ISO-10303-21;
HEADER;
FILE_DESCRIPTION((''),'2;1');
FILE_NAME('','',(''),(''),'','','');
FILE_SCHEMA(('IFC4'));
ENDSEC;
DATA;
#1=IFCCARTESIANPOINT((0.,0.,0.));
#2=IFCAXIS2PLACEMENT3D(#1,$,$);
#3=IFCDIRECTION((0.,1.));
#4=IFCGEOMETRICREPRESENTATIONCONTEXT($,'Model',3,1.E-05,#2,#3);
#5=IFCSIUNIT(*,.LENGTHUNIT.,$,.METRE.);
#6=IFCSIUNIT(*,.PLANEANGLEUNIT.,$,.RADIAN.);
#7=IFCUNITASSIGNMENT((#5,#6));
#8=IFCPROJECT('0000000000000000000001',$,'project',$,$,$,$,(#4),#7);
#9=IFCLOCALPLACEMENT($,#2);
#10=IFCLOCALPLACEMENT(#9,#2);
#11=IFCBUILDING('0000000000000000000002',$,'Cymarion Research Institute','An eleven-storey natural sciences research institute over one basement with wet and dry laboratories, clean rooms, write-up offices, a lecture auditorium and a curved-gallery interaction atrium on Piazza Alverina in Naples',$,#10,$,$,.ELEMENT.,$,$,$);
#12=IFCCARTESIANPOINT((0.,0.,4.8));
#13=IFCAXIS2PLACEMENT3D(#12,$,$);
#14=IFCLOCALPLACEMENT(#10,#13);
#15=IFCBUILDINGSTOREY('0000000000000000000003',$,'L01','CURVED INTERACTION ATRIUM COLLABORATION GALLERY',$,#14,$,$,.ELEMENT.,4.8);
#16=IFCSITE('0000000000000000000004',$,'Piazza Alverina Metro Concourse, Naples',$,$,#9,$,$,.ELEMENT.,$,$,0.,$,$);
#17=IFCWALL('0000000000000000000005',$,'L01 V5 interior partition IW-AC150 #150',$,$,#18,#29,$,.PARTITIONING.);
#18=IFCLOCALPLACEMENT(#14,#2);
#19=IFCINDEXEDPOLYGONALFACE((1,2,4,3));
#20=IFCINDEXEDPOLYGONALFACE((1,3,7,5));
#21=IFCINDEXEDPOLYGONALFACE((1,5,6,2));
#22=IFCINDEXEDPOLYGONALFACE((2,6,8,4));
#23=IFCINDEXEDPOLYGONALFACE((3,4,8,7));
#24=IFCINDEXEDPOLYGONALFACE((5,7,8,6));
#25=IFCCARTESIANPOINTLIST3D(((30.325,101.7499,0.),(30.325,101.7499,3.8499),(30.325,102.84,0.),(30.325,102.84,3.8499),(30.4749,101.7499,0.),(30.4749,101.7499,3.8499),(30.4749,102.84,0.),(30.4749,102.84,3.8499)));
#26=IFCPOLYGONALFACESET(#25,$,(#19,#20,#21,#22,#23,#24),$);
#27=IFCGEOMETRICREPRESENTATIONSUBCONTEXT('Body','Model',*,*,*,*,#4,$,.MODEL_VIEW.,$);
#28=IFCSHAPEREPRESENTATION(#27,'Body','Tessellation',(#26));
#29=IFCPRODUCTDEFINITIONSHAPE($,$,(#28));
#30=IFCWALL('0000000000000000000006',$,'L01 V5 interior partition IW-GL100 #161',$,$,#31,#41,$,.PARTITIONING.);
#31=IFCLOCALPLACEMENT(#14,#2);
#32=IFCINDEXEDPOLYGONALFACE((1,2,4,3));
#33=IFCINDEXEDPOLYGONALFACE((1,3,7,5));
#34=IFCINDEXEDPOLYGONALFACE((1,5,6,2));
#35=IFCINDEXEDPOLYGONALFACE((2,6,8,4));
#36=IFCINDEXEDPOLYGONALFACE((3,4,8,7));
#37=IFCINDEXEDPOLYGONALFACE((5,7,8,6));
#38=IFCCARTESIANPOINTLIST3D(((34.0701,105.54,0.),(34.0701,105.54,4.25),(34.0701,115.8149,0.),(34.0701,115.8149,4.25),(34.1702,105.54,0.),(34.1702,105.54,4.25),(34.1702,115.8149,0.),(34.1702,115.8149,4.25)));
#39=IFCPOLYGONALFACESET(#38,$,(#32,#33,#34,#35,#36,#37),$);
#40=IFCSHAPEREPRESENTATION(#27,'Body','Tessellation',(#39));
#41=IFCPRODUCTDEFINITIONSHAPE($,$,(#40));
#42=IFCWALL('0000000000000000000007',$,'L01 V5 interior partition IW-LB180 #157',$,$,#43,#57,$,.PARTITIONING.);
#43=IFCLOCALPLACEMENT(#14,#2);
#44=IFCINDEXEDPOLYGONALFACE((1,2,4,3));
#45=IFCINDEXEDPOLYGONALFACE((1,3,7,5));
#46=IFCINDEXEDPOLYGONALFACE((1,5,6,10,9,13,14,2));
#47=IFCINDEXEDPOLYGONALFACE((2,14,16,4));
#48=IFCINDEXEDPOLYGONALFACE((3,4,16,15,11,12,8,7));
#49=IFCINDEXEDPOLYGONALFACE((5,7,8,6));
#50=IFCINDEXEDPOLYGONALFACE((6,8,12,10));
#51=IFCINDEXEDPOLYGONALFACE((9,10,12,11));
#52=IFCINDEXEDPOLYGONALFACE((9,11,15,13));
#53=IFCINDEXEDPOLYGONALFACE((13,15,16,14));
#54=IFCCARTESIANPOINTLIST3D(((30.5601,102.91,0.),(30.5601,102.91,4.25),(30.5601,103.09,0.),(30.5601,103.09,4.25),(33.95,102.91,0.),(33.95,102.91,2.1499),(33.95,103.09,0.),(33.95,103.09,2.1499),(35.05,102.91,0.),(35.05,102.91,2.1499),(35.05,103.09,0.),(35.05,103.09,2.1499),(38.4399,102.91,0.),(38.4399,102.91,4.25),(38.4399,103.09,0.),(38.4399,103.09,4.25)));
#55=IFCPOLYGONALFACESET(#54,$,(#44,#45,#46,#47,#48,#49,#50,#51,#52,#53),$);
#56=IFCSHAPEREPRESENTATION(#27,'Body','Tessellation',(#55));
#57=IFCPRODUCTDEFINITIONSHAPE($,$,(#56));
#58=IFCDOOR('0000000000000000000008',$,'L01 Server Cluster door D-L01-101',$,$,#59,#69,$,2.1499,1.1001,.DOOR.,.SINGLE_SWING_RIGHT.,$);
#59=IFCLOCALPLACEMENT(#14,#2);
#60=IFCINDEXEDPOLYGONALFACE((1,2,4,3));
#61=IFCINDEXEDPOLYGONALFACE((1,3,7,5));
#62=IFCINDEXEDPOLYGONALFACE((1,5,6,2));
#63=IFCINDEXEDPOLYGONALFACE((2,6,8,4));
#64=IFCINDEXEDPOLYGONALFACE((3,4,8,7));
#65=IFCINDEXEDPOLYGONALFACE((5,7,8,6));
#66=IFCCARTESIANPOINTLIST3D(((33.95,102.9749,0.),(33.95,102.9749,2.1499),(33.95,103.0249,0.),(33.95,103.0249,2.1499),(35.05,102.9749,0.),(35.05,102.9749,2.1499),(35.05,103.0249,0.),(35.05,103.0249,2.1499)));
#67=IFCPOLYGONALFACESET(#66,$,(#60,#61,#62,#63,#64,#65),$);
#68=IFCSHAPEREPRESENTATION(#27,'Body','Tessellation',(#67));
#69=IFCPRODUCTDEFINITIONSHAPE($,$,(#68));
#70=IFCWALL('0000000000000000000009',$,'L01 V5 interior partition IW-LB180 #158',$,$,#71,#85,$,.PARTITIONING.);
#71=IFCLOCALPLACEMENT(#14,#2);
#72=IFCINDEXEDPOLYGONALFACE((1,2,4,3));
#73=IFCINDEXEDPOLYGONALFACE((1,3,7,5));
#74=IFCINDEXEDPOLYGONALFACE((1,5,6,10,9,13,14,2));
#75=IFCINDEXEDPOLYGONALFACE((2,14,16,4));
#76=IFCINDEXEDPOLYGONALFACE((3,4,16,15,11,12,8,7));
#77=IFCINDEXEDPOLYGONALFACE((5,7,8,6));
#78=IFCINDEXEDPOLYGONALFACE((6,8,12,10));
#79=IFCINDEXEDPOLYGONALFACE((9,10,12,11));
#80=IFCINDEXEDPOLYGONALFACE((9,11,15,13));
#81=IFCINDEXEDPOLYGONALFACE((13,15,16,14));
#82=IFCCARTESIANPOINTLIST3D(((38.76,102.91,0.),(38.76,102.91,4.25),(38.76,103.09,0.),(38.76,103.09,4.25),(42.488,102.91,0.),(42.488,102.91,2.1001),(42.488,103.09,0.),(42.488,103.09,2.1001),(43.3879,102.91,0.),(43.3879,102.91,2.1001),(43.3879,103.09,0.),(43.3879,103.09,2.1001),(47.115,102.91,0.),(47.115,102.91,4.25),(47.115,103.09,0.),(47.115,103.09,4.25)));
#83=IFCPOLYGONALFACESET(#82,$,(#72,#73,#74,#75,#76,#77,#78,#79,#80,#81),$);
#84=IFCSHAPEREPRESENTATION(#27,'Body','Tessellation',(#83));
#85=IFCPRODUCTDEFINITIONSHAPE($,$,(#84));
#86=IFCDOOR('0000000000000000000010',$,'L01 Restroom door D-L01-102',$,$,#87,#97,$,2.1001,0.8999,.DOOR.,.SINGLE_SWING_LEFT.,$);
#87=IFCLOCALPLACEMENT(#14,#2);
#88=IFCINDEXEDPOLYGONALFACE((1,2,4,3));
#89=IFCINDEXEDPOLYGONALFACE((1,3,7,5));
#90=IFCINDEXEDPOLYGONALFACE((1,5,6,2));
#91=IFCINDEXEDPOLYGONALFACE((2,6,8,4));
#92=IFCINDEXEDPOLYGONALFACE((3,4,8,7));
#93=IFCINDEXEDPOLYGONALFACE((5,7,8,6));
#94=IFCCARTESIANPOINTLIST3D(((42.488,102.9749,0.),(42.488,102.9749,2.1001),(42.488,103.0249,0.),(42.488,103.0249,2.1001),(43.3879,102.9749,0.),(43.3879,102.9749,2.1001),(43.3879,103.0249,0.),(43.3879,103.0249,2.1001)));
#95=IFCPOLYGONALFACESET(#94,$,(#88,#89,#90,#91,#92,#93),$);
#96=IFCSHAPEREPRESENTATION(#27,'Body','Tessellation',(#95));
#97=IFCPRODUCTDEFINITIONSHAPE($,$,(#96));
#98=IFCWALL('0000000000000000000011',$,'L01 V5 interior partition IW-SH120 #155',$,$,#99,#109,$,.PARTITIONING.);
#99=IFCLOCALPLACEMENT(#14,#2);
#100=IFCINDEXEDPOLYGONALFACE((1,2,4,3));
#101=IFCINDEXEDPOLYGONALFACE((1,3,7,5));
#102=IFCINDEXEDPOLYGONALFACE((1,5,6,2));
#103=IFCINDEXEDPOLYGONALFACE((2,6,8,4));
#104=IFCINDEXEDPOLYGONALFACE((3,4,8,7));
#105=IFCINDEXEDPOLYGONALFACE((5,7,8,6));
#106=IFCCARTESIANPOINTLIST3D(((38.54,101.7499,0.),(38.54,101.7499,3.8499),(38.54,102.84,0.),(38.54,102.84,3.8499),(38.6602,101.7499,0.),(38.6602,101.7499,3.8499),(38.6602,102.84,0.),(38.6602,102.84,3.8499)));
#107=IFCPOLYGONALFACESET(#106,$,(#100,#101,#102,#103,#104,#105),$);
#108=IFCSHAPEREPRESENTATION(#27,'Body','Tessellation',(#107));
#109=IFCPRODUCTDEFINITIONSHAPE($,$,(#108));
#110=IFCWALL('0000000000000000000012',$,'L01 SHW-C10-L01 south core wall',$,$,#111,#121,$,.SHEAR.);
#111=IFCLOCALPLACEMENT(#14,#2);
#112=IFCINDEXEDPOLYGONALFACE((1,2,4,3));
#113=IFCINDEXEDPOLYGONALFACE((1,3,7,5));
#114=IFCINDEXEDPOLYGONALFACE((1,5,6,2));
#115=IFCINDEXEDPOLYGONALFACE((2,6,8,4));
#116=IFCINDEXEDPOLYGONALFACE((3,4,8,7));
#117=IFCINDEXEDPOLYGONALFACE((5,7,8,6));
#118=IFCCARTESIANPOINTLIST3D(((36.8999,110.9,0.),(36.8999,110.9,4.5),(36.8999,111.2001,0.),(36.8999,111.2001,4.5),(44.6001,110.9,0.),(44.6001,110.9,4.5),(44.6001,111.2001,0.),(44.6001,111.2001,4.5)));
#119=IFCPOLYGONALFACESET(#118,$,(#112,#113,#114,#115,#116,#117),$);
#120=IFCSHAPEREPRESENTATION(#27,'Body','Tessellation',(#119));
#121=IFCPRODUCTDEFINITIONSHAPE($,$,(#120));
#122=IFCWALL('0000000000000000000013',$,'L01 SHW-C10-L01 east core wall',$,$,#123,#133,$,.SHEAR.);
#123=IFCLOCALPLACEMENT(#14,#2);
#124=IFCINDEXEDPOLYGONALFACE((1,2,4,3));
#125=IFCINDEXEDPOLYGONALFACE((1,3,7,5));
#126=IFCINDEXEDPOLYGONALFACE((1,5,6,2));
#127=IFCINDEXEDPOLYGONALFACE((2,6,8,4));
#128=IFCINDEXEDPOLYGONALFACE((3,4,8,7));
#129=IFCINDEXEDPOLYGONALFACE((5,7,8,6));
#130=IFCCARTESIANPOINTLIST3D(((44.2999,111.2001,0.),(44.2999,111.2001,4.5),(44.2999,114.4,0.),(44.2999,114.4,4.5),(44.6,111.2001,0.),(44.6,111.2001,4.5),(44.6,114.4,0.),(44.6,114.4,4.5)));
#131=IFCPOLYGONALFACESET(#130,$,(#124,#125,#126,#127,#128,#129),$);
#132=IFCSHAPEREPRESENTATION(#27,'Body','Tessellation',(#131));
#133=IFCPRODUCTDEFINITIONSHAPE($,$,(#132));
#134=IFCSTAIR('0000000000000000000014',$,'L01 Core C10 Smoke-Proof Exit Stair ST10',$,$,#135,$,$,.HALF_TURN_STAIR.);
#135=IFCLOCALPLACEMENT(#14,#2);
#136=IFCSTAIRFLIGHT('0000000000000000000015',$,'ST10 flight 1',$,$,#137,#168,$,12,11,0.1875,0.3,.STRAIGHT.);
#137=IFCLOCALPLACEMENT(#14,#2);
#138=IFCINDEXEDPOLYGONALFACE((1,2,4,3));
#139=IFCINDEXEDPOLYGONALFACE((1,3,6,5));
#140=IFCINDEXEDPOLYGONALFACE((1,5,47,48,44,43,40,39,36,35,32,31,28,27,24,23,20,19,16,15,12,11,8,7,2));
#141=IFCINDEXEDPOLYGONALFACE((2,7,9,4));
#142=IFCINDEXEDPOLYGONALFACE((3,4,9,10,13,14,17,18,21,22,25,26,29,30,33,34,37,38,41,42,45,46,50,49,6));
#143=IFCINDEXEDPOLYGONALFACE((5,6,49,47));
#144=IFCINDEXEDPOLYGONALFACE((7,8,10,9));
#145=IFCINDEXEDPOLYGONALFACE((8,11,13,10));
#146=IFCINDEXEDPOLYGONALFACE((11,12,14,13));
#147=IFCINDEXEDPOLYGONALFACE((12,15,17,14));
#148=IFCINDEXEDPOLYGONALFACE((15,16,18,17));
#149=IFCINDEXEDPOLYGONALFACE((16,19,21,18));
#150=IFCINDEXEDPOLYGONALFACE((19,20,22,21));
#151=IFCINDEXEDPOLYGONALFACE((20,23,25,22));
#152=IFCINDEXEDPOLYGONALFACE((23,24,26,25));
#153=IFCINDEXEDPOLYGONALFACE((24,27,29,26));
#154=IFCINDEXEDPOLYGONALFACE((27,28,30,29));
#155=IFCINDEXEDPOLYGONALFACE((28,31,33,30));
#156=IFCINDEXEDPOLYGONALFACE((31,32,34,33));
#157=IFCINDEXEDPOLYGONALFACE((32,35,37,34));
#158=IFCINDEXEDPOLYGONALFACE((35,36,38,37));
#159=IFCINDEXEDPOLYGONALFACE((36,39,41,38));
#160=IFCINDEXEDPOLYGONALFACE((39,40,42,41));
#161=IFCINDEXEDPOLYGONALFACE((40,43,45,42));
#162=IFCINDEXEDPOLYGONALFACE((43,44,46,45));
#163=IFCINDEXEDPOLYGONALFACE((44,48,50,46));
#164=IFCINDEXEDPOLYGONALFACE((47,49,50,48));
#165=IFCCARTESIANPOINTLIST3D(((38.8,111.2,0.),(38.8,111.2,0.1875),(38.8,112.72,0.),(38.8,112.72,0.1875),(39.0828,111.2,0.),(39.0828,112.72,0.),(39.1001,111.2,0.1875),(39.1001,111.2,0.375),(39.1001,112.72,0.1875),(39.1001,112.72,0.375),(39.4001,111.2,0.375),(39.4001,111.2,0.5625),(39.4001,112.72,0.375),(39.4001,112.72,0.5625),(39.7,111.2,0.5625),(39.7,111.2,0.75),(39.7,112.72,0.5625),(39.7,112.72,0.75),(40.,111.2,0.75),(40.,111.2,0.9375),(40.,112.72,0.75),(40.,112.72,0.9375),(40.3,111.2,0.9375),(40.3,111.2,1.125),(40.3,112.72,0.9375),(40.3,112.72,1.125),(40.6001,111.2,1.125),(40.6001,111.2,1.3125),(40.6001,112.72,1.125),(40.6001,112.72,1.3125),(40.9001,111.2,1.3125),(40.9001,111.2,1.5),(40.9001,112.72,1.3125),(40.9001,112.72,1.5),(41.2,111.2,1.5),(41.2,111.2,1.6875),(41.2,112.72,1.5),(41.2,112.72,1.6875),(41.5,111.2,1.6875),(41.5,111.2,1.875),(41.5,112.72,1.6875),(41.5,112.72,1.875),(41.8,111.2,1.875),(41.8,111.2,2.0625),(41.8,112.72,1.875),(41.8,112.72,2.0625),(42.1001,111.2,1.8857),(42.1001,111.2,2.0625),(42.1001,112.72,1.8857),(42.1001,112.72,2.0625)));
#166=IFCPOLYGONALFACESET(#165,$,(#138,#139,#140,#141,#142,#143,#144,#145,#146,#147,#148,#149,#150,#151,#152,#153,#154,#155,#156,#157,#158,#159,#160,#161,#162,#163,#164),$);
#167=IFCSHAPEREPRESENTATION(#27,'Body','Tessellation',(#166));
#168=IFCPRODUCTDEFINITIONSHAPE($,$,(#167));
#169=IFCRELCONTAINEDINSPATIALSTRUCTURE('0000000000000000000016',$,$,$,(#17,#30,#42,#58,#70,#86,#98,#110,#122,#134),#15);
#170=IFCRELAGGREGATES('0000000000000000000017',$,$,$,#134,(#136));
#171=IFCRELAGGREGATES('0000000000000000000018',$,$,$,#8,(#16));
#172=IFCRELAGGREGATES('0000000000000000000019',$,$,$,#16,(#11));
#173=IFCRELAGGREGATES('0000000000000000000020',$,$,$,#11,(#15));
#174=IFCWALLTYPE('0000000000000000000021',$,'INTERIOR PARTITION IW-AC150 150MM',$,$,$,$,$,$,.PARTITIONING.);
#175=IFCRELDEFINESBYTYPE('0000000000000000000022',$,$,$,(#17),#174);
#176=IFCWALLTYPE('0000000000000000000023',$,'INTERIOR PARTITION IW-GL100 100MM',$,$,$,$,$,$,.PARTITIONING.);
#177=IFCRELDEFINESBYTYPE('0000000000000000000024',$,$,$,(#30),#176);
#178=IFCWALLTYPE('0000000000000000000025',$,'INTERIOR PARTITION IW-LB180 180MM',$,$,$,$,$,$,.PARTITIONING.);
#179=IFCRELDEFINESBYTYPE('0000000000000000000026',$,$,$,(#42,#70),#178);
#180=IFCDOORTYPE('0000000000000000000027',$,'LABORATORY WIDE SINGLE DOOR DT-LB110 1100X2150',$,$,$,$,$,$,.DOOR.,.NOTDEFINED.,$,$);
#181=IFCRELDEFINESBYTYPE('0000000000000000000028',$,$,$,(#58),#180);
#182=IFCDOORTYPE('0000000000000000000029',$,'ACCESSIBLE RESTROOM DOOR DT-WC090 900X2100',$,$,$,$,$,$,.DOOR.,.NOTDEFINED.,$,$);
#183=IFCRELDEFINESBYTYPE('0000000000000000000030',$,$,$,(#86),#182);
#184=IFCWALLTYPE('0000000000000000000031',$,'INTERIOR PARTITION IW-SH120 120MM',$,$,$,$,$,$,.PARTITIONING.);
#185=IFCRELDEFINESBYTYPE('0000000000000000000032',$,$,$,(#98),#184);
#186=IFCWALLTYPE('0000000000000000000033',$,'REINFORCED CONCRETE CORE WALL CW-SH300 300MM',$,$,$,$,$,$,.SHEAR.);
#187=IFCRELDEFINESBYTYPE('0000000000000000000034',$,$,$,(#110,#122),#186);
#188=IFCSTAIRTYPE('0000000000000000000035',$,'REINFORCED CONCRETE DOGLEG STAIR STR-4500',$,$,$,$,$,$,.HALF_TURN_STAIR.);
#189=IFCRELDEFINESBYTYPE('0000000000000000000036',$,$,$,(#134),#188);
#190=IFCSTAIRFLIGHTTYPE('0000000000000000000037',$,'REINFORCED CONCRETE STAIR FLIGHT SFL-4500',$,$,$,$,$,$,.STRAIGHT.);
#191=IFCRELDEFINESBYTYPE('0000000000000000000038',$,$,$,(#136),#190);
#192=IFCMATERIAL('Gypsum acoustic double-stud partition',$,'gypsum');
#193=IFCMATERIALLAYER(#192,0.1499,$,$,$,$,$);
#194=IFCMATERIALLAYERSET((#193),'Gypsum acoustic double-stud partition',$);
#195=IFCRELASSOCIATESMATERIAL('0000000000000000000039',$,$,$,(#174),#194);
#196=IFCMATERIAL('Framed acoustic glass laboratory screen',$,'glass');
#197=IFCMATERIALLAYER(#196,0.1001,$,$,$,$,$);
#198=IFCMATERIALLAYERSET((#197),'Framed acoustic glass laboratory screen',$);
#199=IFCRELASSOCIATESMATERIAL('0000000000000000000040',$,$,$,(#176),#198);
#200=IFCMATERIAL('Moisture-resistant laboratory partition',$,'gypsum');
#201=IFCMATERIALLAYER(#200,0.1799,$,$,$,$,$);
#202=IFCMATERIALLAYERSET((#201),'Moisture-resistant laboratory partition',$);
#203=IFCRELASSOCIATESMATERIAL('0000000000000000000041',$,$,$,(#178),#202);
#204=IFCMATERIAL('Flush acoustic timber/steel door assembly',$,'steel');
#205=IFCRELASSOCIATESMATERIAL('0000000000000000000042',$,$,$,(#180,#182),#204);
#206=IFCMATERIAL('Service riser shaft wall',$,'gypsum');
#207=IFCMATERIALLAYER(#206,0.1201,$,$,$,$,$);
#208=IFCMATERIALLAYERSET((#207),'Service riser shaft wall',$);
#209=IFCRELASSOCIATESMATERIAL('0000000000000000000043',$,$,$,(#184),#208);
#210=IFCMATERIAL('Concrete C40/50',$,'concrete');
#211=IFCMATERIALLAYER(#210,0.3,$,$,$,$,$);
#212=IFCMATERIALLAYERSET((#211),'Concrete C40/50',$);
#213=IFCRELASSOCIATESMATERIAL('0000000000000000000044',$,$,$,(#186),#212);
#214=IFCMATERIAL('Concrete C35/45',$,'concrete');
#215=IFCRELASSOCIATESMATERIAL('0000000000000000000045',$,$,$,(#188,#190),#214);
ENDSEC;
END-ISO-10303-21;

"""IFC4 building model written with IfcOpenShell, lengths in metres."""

from ifc_helpers import new_model, si_unit, direction, frame, frame_2d, origin, place, context, subcontext, project, spatial, polyline, rectangle, outline, extrude, material, layer, layer_set, type_object, element, fill, aggregate, save


model = new_model("IFC4")

# Units and contexts
model_context = context("Model", 3, precision=1e-05, world=origin(), true_north=direction((0.0, 1.0)))
body_context = subcontext(model_context, "Body", "Model", "MODEL_VIEW")
ifc_project = project(units=[si_unit("LENGTHUNIT", "METRE"), si_unit("PLANEANGLEUNIT", "RADIAN")], contexts=[model_context])

# Site, building, storey
site_placement = place(None, origin())
site = spatial("IfcSite", under=ifc_project, at=site_placement, Name="Piazza Alverina Metro Concourse, Naples", CompositionType="ELEMENT", RefElevation=0.0)
building_placement = place(site_placement, origin())
building = spatial("IfcBuilding", under=site, at=building_placement, Name="Cymarion Research Institute", Description="An eleven-storey natural sciences research institute over one basement with wet and dry laboratories, clean rooms, write-up offices, a lecture auditorium and a curved-gallery interaction atrium on Piazza Alverina in Naples", CompositionType="ELEMENT")
storey_placement = place(building_placement, frame((0.0, 0.0, 4.8)))
storey = spatial("IfcBuildingStorey", under=building, at=storey_placement, Name="L01", Description="CURVED INTERACTION ATRIUM COLLABORATION GALLERY", CompositionType="ELEMENT", Elevation=4.8)

# Walls
ifc_material_1 = material(Name="Gypsum acoustic double-stud partition", Category="gypsum")
ifc_layer_1 = layer(ifc_material_1, 0.1499)
ifc_layer_set_1 = layer_set([ifc_layer_1], Name="Gypsum acoustic double-stud partition")
wall_type_1 = type_object("IfcWallType", Name="INTERIOR PARTITION IW-AC150 150MM", PredefinedType="PARTITIONING", material=ifc_layer_set_1)
wall_1_placement = place(storey_placement, frame((30.3999, 101.75, 0.0), z_axis=(0.0, 0.0, 1.0), x_axis=(0.0, 1.0, 0.0)))
element("IfcWall", 1, at=wall_1_placement, inside=storey, type_object=wall_type_1, Name="L01 V5 interior partition IW-AC150 #150", PredefinedType="PARTITIONING", context=body_context, shape_type="SweptSolid", body=[
    extrude(rectangle(XDim=1.0901, YDim=0.1499, at=frame_2d((0.5449, 0.0))), origin(), (0.0, 0.0, 1.0), 3.8499),
])
ifc_material_2 = material(Name="Framed acoustic glass laboratory screen", Category="glass")
ifc_layer_2 = layer(ifc_material_2, 0.1001)
ifc_layer_set_2 = layer_set([ifc_layer_2], Name="Framed acoustic glass laboratory screen")
wall_type_2 = type_object("IfcWallType", Name="INTERIOR PARTITION IW-GL100 100MM", PredefinedType="PARTITIONING", material=ifc_layer_set_2)
wall_2_placement = place(storey_placement, frame((34.1201, 105.54, 0.0), z_axis=(0.0, 0.0, 1.0), x_axis=(0.0, 1.0, 0.0)))
element("IfcWall", 2, at=wall_2_placement, inside=storey, type_object=wall_type_2, Name="L01 V5 interior partition IW-GL100 #161", PredefinedType="PARTITIONING", context=body_context, shape_type="SweptSolid", body=[
    extrude(rectangle(XDim=10.2749, YDim=0.1001, at=frame_2d((5.1375, 0.0))), origin(), (0.0, 0.0, 1.0), 4.25),
])

# Walls, openings, doors
ifc_material_3 = material(Name="Moisture-resistant laboratory partition", Category="gypsum")
ifc_layer_3 = layer(ifc_material_3, 0.1799)
ifc_layer_set_3 = layer_set([ifc_layer_3], Name="Moisture-resistant laboratory partition")
wall_type_3 = type_object("IfcWallType", Name="INTERIOR PARTITION IW-LB180 180MM", PredefinedType="PARTITIONING", material=ifc_layer_set_3)
wall_3_placement = place(storey_placement, frame((30.5601, 103.0, 0.0), z_axis=(0.0, 0.0, 1.0), x_axis=(1.0, 0.0, 0.0)))
wall_3 = element("IfcWall", 3, at=wall_3_placement, inside=storey, type_object=wall_type_3, Name="L01 V5 interior partition IW-LB180 #157", PredefinedType="PARTITIONING", context=body_context, shape_type="SweptSolid", body=[
    extrude(rectangle(XDim=7.8799, YDim=0.1799, at=frame_2d((3.9399, 0.0))), origin(), (0.0, 0.0, 1.0), 4.25),
])
opening_1_placement = place(wall_3_placement, frame((3.3899, 0.0, 0.0)))
opening_1 = element("IfcOpeningElement", 4, at=opening_1_placement, cuts=wall_3, PredefinedType="OPENING", context=body_context, shape_type="SweptSolid", body=[
    extrude(rectangle(XDim=1.1001, YDim=2.1499, at=frame_2d((0.55, 1.075))), frame((0.0, 0.0999, 0.0), z_axis=(0.0, -1.0, 0.0), x_axis=(1.0, 0.0, 0.0)), (0.0, 0.0, 1.0), 0.2),
])
ifc_material_4 = material(Name="Flush acoustic timber/steel door assembly", Category="steel")
door_type_1 = type_object("IfcDoorType", Name="LABORATORY WIDE SINGLE DOOR DT-LB110 1100X2150", OperationType="NOTDEFINED", PredefinedType="DOOR", material=ifc_material_4)
door_1_placement = place(opening_1_placement, origin())
door_1 = element("IfcDoor", 5, at=door_1_placement, inside=storey, type_object=door_type_1, Name="L01 Server Cluster door D-L01-101", OperationType="SINGLE_SWING_RIGHT", OverallHeight=2.1499, OverallWidth=1.1001, PredefinedType="DOOR", context=body_context, shape_type="SweptSolid", body=[
    extrude(rectangle(XDim=1.1001, YDim=2.1499, at=frame_2d((0.55, 1.075))), frame((0.0, 0.0249, 0.0), z_axis=(0.0, -1.0, 0.0), x_axis=(1.0, 0.0, 0.0)), (0.0, 0.0, 1.0), 0.05),
])
fill(opening_1, door_1)
wall_4_placement = place(storey_placement, frame((38.76, 103.0, 0.0), z_axis=(0.0, 0.0, 1.0), x_axis=(1.0, 0.0, 0.0)))
wall_4 = element("IfcWall", 6, at=wall_4_placement, inside=storey, type_object=wall_type_3, Name="L01 V5 interior partition IW-LB180 #158", PredefinedType="PARTITIONING", context=body_context, shape_type="SweptSolid", body=[
    extrude(rectangle(XDim=8.355, YDim=0.1799, at=frame_2d((4.1775, 0.0))), origin(), (0.0, 0.0, 1.0), 4.25),
])
opening_2_placement = place(wall_4_placement, frame((3.728, 0.0, 0.0)))
opening_2 = element("IfcOpeningElement", 7, at=opening_2_placement, cuts=wall_4, PredefinedType="OPENING", context=body_context, shape_type="SweptSolid", body=[
    extrude(rectangle(XDim=0.8999, YDim=2.1001, at=frame_2d((0.45, 1.05))), frame((0.0, 0.0999, 0.0), z_axis=(0.0, -1.0, 0.0), x_axis=(1.0, 0.0, 0.0)), (0.0, 0.0, 1.0), 0.2),
])
door_type_2 = type_object("IfcDoorType", Name="ACCESSIBLE RESTROOM DOOR DT-WC090 900X2100", OperationType="NOTDEFINED", PredefinedType="DOOR", material=ifc_material_4)
door_2_placement = place(opening_2_placement, origin())
door_2 = element("IfcDoor", 8, at=door_2_placement, inside=storey, type_object=door_type_2, Name="L01 Restroom door D-L01-102", OperationType="SINGLE_SWING_LEFT", OverallHeight=2.1001, OverallWidth=0.8999, PredefinedType="DOOR", context=body_context, shape_type="SweptSolid", body=[
    extrude(rectangle(XDim=0.8999, YDim=2.1001, at=frame_2d((0.45, 1.05))), frame((0.0, 0.0249, 0.0), z_axis=(0.0, -1.0, 0.0), x_axis=(1.0, 0.0, 0.0)), (0.0, 0.0, 1.0), 0.05),
])
fill(opening_2, door_2)

# Walls
ifc_material_5 = material(Name="Service riser shaft wall", Category="gypsum")
ifc_layer_4 = layer(ifc_material_5, 0.1201)
ifc_layer_set_4 = layer_set([ifc_layer_4], Name="Service riser shaft wall")
wall_type_4 = type_object("IfcWallType", Name="INTERIOR PARTITION IW-SH120 120MM", PredefinedType="PARTITIONING", material=ifc_layer_set_4)
wall_5_placement = place(storey_placement, frame((38.6001, 101.75, 0.0), z_axis=(0.0, 0.0, 1.0), x_axis=(0.0, 1.0, 0.0)))
element("IfcWall", 9, at=wall_5_placement, inside=storey, type_object=wall_type_4, Name="L01 V5 interior partition IW-SH120 #155", PredefinedType="PARTITIONING", context=body_context, shape_type="SweptSolid", body=[
    extrude(rectangle(XDim=1.0901, YDim=0.1201, at=frame_2d((0.5449, 0.0))), origin(), (0.0, 0.0, 1.0), 3.8499),
])
ifc_material_6 = material(Name="Concrete C40/50", Category="concrete")
ifc_layer_5 = layer(ifc_material_6, 0.3)
ifc_layer_set_5 = layer_set([ifc_layer_5], Name="Concrete C40/50")
wall_type_5 = type_object("IfcWallType", Name="REINFORCED CONCRETE CORE WALL CW-SH300 300MM", PredefinedType="SHEAR", material=ifc_layer_set_5)
wall_6_placement = place(storey_placement, frame((36.8999, 111.05, 0.0), z_axis=(0.0, 0.0, 1.0), x_axis=(1.0, 0.0, 0.0)))
element("IfcWall", 10, at=wall_6_placement, inside=storey, type_object=wall_type_5, Name="L01 SHW-C10-L01 south core wall", PredefinedType="SHEAR", context=body_context, shape_type="SweptSolid", body=[
    extrude(rectangle(XDim=7.7002, YDim=0.3, at=frame_2d((3.8501, 0.0))), origin(), (0.0, 0.0, 1.0), 4.5),
])
wall_7_placement = place(storey_placement, frame((44.45, 111.2, 0.0), z_axis=(0.0, 0.0, 1.0), x_axis=(0.0, 1.0, 0.0)))
element("IfcWall", 11, at=wall_7_placement, inside=storey, type_object=wall_type_5, Name="L01 SHW-C10-L01 east core wall", PredefinedType="SHEAR", context=body_context, shape_type="SweptSolid", body=[
    extrude(rectangle(XDim=3.2, YDim=0.3, at=frame_2d((1.6001, 0.0))), origin(), (0.0, 0.0, 1.0), 4.5),
])

# Stair, stair flight
ifc_material_7 = material(Name="Concrete C35/45", Category="concrete")
stair_type = type_object("IfcStairType", Name="REINFORCED CONCRETE DOGLEG STAIR STR-4500", PredefinedType="HALF_TURN_STAIR", material=ifc_material_7)
stair_placement = place(storey_placement, origin())
stair = element("IfcStair", 12, at=stair_placement, inside=storey, type_object=stair_type, Name="L01 Core C10 Smoke-Proof Exit Stair ST10", PredefinedType="HALF_TURN_STAIR")
stair_flight_type = type_object("IfcStairFlightType", Name="REINFORCED CONCRETE STAIR FLIGHT SFL-4500", PredefinedType="STRAIGHT", material=ifc_material_7)
stair_flight_placement = place(storey_placement, frame((38.8, 111.96, 0.0), z_axis=(0.0, 0.0, 1.0), x_axis=(1.0, 0.0, 0.0)))
stair_flight = element("IfcStairFlight", 13, at=stair_flight_placement, type_object=stair_flight_type, Name="ST10 flight 1", NumberOfRisers=12, NumberOfTreads=11, PredefinedType="STRAIGHT", RiserHeight=0.1875, TreadLength=0.3, context=body_context, shape_type="SweptSolid", body=[
    extrude(outline(polyline([(0.0, 0.0), (0.0, 0.1875), (0.3, 0.1875), (0.3, 0.375), (0.6001, 0.375), (0.6001, 0.5625), (0.8999, 0.5625), (0.8999, 0.75), (1.2, 0.75), (1.2, 0.9375), (1.5, 0.9375), (1.5, 1.125), (1.8, 1.125), (1.8, 1.3125), (2.1001, 1.3125), (2.1001, 1.5), (2.3999, 1.5), (2.3999, 1.6875), (2.7, 1.6875), (2.7, 1.875), (3.0, 1.875), (3.0, 2.0625), (3.3, 2.0625), (3.3, 2.25), (3.3, 1.8857), (0.2827, 0.0), (0.0, 0.0)])), frame((0.0, 0.76, 0.0), z_axis=(0.0, -1.0, 0.0), x_axis=(1.0, 0.0, 0.0)), (0.0, 0.0, 1.0), 1.52),
])
aggregate(stair, [stair_flight])

save(model, "model.ifc")
